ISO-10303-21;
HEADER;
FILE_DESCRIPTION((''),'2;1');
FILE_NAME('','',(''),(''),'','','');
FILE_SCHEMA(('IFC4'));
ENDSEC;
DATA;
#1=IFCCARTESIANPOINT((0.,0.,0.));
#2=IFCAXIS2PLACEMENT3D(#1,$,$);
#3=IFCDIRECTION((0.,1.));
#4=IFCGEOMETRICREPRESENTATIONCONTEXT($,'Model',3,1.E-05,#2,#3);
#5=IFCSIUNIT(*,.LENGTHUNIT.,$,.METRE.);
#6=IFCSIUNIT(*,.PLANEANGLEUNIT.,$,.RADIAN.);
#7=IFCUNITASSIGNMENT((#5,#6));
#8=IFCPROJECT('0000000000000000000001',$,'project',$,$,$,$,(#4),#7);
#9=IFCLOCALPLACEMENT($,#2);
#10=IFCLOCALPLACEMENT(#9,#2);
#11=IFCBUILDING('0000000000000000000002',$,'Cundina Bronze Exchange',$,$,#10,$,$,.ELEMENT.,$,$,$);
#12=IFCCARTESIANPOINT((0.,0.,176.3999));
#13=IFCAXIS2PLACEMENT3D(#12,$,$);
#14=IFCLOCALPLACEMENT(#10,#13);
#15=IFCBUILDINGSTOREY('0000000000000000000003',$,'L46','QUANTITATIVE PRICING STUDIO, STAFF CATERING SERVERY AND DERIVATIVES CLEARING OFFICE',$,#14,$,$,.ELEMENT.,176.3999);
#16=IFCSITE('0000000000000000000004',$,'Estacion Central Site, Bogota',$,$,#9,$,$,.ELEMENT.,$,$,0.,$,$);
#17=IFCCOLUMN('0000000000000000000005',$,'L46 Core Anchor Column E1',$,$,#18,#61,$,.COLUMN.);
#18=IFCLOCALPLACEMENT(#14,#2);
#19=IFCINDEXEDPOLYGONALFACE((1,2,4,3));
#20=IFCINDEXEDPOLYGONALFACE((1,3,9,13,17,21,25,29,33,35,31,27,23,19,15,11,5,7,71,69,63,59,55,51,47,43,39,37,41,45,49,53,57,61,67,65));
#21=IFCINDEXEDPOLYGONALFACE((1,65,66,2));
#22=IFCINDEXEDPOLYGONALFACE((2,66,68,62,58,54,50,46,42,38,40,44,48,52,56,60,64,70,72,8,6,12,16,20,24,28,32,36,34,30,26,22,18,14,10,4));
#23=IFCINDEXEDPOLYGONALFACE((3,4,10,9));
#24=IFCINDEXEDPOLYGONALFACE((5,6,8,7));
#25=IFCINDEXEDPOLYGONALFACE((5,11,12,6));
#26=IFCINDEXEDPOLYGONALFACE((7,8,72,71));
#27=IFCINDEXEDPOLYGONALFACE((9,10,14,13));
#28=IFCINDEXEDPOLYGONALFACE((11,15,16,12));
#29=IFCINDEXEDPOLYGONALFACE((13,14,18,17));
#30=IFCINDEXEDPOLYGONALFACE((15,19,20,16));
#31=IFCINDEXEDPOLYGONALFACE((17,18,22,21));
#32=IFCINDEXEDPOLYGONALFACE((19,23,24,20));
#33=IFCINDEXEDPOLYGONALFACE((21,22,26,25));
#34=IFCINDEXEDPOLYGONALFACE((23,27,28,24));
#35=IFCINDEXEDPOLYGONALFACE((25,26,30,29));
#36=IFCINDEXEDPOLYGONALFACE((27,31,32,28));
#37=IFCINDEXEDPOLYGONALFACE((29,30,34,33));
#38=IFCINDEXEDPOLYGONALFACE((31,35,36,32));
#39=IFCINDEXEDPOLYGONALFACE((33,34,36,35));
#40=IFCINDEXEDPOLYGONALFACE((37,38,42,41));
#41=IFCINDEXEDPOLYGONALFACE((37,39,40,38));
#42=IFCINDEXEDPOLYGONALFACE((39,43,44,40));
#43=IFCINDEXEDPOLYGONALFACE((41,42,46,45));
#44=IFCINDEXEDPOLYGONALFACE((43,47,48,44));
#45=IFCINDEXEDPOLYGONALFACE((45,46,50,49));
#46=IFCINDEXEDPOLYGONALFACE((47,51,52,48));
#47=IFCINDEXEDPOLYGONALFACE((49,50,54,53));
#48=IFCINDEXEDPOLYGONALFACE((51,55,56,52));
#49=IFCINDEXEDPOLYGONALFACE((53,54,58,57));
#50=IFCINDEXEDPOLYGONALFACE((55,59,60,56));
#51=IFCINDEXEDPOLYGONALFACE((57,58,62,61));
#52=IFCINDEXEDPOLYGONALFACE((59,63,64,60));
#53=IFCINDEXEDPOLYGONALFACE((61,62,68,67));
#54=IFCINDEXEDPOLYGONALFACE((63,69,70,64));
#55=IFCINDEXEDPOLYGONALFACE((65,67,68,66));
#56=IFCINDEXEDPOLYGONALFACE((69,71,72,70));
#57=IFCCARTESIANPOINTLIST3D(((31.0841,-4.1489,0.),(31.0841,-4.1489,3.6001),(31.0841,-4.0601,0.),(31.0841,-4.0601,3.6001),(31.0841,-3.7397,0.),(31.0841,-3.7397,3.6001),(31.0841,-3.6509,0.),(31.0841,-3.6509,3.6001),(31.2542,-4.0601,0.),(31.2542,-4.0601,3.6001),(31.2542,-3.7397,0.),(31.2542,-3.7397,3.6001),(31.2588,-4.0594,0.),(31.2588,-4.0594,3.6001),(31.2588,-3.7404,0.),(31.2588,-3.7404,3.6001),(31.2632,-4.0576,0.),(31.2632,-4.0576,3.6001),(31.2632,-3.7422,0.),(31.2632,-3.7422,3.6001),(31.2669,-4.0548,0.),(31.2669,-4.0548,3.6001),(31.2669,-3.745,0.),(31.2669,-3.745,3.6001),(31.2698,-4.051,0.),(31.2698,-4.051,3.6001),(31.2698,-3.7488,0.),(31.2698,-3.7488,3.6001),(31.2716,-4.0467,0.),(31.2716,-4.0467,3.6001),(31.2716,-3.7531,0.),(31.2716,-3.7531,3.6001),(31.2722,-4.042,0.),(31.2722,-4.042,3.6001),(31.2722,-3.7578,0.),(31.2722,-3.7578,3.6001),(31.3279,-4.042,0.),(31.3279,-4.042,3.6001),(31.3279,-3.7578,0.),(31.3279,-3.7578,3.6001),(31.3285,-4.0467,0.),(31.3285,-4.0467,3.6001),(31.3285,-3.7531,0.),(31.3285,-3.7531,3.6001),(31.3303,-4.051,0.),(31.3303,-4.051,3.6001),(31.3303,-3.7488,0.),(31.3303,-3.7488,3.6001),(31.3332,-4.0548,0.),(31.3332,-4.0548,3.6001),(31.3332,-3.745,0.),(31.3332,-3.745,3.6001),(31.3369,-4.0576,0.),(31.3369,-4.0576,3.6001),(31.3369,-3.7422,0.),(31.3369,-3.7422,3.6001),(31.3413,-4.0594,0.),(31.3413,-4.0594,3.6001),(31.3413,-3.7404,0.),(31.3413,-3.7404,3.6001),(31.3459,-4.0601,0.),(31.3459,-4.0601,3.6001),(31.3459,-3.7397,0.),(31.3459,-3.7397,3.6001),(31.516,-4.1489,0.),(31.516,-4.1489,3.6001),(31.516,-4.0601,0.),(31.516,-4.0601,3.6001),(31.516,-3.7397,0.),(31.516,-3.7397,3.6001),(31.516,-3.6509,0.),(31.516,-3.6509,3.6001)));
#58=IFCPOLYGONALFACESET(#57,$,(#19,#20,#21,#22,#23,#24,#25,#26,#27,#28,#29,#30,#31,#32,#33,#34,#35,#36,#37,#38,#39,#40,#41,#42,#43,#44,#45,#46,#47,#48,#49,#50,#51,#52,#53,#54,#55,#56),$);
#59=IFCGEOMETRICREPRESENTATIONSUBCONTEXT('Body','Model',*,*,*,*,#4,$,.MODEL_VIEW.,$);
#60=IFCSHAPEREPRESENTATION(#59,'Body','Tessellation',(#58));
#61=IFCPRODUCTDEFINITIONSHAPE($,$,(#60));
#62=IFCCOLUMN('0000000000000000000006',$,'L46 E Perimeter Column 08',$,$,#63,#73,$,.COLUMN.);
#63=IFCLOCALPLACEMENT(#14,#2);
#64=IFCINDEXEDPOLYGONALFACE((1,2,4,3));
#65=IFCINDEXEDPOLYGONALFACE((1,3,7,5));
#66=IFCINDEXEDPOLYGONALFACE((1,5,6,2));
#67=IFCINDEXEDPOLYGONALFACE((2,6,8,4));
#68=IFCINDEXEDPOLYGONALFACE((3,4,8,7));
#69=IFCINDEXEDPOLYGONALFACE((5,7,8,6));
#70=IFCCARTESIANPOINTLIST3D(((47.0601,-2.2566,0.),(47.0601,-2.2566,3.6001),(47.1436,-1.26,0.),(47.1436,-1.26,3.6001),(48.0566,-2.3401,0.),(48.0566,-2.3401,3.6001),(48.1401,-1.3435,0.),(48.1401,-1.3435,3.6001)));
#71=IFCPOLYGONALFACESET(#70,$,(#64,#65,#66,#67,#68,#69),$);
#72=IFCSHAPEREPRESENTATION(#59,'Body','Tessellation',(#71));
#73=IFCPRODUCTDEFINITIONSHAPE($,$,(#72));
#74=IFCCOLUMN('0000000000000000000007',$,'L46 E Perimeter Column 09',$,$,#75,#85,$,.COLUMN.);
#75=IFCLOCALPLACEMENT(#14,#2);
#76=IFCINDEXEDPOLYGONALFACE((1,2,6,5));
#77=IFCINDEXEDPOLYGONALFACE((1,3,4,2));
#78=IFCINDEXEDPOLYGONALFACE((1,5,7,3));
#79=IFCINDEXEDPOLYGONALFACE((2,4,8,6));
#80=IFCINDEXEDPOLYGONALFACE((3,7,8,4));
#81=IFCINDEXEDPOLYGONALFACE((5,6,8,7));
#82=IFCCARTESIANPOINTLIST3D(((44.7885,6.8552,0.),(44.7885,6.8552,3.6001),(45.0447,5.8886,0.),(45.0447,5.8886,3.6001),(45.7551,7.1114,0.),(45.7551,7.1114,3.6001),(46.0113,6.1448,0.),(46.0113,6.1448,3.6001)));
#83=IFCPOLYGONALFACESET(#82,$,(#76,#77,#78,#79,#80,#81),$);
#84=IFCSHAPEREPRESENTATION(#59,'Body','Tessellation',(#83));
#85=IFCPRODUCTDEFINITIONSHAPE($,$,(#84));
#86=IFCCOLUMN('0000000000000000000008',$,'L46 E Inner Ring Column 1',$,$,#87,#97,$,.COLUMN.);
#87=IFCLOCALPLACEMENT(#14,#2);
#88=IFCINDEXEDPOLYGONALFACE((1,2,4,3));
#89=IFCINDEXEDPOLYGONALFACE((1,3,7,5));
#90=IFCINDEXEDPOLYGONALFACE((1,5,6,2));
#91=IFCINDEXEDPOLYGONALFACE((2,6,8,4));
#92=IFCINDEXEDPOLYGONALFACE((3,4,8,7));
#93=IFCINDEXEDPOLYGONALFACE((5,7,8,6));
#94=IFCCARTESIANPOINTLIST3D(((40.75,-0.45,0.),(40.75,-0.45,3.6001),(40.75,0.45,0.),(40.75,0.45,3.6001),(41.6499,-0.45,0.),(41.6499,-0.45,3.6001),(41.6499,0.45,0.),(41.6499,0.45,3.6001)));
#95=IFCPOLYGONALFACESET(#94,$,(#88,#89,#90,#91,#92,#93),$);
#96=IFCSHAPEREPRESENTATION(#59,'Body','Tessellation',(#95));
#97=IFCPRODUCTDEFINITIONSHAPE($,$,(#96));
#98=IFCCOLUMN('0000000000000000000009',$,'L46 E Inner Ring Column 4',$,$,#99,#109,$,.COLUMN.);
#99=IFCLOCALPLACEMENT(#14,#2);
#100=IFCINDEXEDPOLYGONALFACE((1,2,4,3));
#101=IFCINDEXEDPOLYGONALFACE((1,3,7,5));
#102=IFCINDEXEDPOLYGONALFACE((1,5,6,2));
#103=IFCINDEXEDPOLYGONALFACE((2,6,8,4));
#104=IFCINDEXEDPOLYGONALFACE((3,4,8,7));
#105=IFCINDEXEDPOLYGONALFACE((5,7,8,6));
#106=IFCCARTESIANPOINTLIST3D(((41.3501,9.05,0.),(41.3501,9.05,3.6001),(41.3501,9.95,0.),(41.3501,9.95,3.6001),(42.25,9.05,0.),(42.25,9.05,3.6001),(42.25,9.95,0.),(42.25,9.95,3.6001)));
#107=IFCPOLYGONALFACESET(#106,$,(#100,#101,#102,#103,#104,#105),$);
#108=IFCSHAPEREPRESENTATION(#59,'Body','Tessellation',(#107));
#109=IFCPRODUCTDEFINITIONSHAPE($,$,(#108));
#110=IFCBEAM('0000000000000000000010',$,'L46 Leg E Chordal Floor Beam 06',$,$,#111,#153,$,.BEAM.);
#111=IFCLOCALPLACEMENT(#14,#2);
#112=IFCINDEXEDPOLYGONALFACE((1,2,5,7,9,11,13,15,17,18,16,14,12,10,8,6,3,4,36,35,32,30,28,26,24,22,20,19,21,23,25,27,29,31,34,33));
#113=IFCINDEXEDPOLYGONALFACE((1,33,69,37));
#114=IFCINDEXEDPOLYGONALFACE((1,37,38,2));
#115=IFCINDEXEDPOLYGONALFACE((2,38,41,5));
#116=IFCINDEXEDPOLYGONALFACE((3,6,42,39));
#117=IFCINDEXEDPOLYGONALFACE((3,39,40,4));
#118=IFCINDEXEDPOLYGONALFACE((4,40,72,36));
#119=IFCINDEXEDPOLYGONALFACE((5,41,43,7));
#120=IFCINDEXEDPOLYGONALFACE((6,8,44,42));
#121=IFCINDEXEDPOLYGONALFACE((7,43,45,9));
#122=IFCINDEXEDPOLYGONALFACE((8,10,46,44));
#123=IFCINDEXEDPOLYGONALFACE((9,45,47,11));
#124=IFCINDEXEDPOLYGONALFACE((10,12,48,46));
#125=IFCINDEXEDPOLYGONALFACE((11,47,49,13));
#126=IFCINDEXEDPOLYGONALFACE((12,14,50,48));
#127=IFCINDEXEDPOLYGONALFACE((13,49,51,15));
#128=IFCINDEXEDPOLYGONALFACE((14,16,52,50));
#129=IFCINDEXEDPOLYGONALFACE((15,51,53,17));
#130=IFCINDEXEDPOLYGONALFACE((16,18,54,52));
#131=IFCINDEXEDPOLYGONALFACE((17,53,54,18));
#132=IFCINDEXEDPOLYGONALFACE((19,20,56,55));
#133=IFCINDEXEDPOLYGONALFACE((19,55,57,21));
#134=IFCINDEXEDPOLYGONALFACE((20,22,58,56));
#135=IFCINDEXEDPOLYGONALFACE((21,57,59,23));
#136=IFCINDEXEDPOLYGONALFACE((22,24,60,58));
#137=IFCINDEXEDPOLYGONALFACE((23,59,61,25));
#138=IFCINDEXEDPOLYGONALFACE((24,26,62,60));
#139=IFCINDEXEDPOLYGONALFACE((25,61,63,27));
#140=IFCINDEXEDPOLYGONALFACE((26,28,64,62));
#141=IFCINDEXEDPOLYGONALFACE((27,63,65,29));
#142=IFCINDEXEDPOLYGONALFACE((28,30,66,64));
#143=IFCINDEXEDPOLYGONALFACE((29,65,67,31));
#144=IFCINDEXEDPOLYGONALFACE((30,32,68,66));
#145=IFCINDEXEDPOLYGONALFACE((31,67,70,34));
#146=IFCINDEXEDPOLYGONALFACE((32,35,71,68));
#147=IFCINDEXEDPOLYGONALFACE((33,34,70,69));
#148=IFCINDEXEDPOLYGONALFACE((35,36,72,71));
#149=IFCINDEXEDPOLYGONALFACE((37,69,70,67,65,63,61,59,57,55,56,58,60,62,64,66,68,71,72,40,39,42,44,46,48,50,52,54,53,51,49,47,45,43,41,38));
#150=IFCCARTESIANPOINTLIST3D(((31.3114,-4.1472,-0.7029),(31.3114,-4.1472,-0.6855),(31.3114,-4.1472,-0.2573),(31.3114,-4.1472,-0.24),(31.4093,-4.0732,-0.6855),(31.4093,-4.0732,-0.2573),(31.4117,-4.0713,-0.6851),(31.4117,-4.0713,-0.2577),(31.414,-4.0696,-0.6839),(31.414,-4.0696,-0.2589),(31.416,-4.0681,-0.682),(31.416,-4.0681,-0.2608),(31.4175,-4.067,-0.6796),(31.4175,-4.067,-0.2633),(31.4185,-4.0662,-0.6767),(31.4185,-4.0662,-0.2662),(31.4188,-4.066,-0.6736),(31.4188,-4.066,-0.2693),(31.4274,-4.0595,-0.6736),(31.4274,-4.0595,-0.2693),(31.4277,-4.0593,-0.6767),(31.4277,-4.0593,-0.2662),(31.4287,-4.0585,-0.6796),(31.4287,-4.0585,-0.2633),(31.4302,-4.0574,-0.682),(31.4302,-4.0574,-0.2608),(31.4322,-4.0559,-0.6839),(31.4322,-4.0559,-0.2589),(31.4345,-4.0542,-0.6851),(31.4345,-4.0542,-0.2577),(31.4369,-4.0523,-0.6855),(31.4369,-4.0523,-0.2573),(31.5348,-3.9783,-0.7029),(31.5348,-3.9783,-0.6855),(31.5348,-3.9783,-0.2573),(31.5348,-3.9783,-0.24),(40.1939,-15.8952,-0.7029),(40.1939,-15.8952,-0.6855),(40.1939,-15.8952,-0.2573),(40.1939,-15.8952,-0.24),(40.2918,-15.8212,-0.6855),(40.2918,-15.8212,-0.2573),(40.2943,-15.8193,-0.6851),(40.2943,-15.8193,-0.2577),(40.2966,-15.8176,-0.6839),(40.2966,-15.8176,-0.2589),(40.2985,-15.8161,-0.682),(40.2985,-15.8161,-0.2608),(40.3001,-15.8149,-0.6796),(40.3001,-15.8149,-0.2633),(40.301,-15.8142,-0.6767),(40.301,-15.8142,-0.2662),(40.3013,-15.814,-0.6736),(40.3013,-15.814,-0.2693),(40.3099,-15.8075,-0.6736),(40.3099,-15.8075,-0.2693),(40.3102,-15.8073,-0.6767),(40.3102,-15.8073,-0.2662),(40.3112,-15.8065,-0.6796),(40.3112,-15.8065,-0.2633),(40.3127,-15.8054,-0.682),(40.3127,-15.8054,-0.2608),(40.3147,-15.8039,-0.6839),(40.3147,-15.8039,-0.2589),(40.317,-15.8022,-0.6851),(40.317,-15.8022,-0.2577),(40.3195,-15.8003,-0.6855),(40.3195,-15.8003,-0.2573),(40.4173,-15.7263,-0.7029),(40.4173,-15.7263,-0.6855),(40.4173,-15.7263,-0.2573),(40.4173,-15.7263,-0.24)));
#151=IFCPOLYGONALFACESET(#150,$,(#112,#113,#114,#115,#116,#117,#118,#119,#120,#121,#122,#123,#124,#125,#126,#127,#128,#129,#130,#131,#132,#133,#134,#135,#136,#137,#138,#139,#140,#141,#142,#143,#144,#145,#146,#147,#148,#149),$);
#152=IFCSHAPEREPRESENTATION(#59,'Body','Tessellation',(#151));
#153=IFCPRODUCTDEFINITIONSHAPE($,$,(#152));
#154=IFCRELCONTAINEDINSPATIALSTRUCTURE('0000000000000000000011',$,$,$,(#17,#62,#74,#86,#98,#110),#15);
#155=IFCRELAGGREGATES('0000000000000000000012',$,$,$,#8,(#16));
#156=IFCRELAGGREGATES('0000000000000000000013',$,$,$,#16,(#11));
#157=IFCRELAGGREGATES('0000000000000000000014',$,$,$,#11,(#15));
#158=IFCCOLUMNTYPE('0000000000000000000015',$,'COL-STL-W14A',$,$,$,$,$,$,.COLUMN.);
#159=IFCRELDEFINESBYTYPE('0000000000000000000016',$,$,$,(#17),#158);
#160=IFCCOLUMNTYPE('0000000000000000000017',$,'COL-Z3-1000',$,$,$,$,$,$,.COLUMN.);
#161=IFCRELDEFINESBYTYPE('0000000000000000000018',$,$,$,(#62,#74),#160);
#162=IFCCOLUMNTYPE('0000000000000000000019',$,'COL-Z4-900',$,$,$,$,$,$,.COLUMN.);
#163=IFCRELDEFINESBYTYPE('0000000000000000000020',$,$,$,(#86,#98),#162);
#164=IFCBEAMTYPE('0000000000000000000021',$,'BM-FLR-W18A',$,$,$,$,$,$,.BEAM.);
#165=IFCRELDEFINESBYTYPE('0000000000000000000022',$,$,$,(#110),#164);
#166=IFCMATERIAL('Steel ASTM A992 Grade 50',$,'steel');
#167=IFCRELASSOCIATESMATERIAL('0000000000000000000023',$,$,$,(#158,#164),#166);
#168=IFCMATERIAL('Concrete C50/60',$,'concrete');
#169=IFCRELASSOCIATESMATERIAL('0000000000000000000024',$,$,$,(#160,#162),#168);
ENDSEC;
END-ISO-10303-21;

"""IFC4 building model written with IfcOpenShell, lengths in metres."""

from ifc_helpers import new_model, si_unit, direction, frame, origin, origin_2d, place, context, subcontext, project, spatial, rectangle, i_section, extrude, material, material_profile, profile_set, type_object, element, save


model = new_model("IFC4")

# Units and contexts
model_context = context("Model", 3, precision=1e-05, world=origin(), true_north=direction((0.0, 1.0)))
body_context = subcontext(model_context, "Body", "Model", "MODEL_VIEW")
ifc_project = project(units=[si_unit("LENGTHUNIT", "METRE"), si_unit("PLANEANGLEUNIT", "RADIAN")], contexts=[model_context])

# Site, building, storey
site_placement = place(None, origin())
site = spatial("IfcSite", under=ifc_project, at=site_placement, Name="Estacion Central Site, Bogota", CompositionType="ELEMENT", RefElevation=0.0)
building_placement = place(site_placement, origin())
building = spatial("IfcBuilding", under=site, at=building_placement, Name="Cundina Bronze Exchange", CompositionType="ELEMENT")
storey_placement = place(building_placement, frame((0.0, 0.0, 176.3999)))
storey = spatial("IfcBuildingStorey", under=building, at=storey_placement, Name="L46", Description="QUANTITATIVE PRICING STUDIO, STAFF CATERING SERVERY AND DERIVATIVES CLEARING OFFICE", CompositionType="ELEMENT", Elevation=176.3999)

# Columns
ifc_material_1 = material(Name="Steel ASTM A992 Grade 50", Category="steel")
ifc_material_profile_1 = material_profile(ifc_material_1, i_section(OverallWidth=0.4319, OverallDepth=0.498, WebThickness=0.0557, FlangeThickness=0.0889, FilletRadius=0.0181, at=origin_2d()), Name="W14X500", Category="steel")
ifc_profile_set_1 = profile_set([ifc_material_profile_1], Name="Steel ASTM A992 Grade 50")
column_type_1 = type_object("IfcColumnType", Name="COL-STL-W14A", PredefinedType="COLUMN", material=ifc_profile_set_1)
column_placement = place(storey_placement, frame((31.3, -3.8999, 0.0), z_axis=(0.0, 0.0, 1.0), x_axis=(1.0, 0.0, 0.0)))
element("IfcColumn", 1, at=column_placement, inside=storey, type_object=column_type_1, Name="L46 Core Anchor Column E1", PredefinedType="COLUMN", context=body_context, shape_type="SweptSolid", body=[
    extrude(i_section(OverallWidth=0.4319, OverallDepth=0.498, WebThickness=0.0557, FlangeThickness=0.0889, FilletRadius=0.0181, at=origin_2d()), origin(), (0.0, 0.0, 1.0), 3.6001),
])
ifc_material_2 = material(Name="Concrete C50/60", Category="concrete")
ifc_material_profile_2 = material_profile(ifc_material_2, rectangle(XDim=1.0, YDim=1.0, at=origin_2d()), Name="RC1000X1000", Category="concrete")
ifc_profile_set_2 = profile_set([ifc_material_profile_2], Name="Concrete C50/60")
column_type_2 = type_object("IfcColumnType", Name="COL-Z3-1000", PredefinedType="COLUMN", material=ifc_profile_set_2)
for number, where, z_axis, x_axis, name in (
    (2, (47.6001, -1.8, 0.0), (0.0, 0.0, 1.0), (0.083504, 0.996507, 0.0), "L46 E Perimeter Column 08"),
    (3, (45.3999, 6.5, 0.0), (0.0, 0.0, 1.0), (-0.256289, 0.9666, 0.0), "L46 E Perimeter Column 09"),
):
    element("IfcColumn", number, at=place(storey_placement, frame(where, z_axis=z_axis, x_axis=x_axis)), inside=storey, type_object=column_type_2, Name=name, PredefinedType="COLUMN", context=body_context, shape_type="SweptSolid", body=[
        extrude(rectangle(XDim=1.0, YDim=1.0, at=origin_2d()), origin(), (0.0, 0.0, 1.0), 3.6001),
    ])
ifc_material_profile_3 = material_profile(ifc_material_2, rectangle(XDim=0.8999, YDim=0.8999, at=origin_2d()), Name="RC900X900", Category="concrete")
ifc_profile_set_3 = profile_set([ifc_material_profile_3], Name="Concrete C50/60")
column_type_3 = type_object("IfcColumnType", Name="COL-Z4-900", PredefinedType="COLUMN", material=ifc_profile_set_3)
for number, where, z_axis, x_axis, name in (
    (4, (41.2, 0.0, 0.0), (0.0, 0.0, 1.0), (1.0, 0.0, 0.0), "L46 E Inner Ring Column 1"),
    (5, (41.8, 9.5, 0.0), (0.0, 0.0, 1.0), (1.0, 0.0, 0.0), "L46 E Inner Ring Column 4"),
):
    element("IfcColumn", number, at=place(storey_placement, frame(where, z_axis=z_axis, x_axis=x_axis)), inside=storey, type_object=column_type_3, Name=name, PredefinedType="COLUMN", context=body_context, shape_type="SweptSolid", body=[
        extrude(rectangle(XDim=0.8999, YDim=0.8999, at=origin_2d()), origin(), (0.0, 0.0, 1.0), 3.6001),
    ])

# Beam
ifc_material_profile_4 = material_profile(ifc_material_1, i_section(OverallWidth=0.28, OverallDepth=0.4629, WebThickness=0.0107, FlangeThickness=0.0173, FilletRadius=0.012, at=origin_2d()), Name="W18X76", Category="steel")
ifc_profile_set_4 = profile_set([ifc_material_profile_4], Name="Steel ASTM A992 Grade 50")
beam_type_1 = type_object("IfcBeamType", Name="BM-FLR-W18A", PredefinedType="BEAM", material=ifc_profile_set_4)
beam_1_placement = place(storey_placement, frame((31.4231, -4.0627, -0.4714), z_axis=(0.603104, -0.797663, 0.0), x_axis=(0.797663, 0.603104, 0.0)))
element("IfcBeam", 6, at=beam_1_placement, inside=storey, type_object=beam_type_1, Name="L46 Leg E Chordal Floor Beam 06", PredefinedType="BEAM", context=body_context, shape_type="SweptSolid", body=[
    extrude(i_section(OverallWidth=0.28, OverallDepth=0.4629, WebThickness=0.0107, FlangeThickness=0.0173, FilletRadius=0.012, at=origin_2d()), origin(), (0.0, 0.0, 1.0), 14.728),
])

save(model, "model.ifc")
